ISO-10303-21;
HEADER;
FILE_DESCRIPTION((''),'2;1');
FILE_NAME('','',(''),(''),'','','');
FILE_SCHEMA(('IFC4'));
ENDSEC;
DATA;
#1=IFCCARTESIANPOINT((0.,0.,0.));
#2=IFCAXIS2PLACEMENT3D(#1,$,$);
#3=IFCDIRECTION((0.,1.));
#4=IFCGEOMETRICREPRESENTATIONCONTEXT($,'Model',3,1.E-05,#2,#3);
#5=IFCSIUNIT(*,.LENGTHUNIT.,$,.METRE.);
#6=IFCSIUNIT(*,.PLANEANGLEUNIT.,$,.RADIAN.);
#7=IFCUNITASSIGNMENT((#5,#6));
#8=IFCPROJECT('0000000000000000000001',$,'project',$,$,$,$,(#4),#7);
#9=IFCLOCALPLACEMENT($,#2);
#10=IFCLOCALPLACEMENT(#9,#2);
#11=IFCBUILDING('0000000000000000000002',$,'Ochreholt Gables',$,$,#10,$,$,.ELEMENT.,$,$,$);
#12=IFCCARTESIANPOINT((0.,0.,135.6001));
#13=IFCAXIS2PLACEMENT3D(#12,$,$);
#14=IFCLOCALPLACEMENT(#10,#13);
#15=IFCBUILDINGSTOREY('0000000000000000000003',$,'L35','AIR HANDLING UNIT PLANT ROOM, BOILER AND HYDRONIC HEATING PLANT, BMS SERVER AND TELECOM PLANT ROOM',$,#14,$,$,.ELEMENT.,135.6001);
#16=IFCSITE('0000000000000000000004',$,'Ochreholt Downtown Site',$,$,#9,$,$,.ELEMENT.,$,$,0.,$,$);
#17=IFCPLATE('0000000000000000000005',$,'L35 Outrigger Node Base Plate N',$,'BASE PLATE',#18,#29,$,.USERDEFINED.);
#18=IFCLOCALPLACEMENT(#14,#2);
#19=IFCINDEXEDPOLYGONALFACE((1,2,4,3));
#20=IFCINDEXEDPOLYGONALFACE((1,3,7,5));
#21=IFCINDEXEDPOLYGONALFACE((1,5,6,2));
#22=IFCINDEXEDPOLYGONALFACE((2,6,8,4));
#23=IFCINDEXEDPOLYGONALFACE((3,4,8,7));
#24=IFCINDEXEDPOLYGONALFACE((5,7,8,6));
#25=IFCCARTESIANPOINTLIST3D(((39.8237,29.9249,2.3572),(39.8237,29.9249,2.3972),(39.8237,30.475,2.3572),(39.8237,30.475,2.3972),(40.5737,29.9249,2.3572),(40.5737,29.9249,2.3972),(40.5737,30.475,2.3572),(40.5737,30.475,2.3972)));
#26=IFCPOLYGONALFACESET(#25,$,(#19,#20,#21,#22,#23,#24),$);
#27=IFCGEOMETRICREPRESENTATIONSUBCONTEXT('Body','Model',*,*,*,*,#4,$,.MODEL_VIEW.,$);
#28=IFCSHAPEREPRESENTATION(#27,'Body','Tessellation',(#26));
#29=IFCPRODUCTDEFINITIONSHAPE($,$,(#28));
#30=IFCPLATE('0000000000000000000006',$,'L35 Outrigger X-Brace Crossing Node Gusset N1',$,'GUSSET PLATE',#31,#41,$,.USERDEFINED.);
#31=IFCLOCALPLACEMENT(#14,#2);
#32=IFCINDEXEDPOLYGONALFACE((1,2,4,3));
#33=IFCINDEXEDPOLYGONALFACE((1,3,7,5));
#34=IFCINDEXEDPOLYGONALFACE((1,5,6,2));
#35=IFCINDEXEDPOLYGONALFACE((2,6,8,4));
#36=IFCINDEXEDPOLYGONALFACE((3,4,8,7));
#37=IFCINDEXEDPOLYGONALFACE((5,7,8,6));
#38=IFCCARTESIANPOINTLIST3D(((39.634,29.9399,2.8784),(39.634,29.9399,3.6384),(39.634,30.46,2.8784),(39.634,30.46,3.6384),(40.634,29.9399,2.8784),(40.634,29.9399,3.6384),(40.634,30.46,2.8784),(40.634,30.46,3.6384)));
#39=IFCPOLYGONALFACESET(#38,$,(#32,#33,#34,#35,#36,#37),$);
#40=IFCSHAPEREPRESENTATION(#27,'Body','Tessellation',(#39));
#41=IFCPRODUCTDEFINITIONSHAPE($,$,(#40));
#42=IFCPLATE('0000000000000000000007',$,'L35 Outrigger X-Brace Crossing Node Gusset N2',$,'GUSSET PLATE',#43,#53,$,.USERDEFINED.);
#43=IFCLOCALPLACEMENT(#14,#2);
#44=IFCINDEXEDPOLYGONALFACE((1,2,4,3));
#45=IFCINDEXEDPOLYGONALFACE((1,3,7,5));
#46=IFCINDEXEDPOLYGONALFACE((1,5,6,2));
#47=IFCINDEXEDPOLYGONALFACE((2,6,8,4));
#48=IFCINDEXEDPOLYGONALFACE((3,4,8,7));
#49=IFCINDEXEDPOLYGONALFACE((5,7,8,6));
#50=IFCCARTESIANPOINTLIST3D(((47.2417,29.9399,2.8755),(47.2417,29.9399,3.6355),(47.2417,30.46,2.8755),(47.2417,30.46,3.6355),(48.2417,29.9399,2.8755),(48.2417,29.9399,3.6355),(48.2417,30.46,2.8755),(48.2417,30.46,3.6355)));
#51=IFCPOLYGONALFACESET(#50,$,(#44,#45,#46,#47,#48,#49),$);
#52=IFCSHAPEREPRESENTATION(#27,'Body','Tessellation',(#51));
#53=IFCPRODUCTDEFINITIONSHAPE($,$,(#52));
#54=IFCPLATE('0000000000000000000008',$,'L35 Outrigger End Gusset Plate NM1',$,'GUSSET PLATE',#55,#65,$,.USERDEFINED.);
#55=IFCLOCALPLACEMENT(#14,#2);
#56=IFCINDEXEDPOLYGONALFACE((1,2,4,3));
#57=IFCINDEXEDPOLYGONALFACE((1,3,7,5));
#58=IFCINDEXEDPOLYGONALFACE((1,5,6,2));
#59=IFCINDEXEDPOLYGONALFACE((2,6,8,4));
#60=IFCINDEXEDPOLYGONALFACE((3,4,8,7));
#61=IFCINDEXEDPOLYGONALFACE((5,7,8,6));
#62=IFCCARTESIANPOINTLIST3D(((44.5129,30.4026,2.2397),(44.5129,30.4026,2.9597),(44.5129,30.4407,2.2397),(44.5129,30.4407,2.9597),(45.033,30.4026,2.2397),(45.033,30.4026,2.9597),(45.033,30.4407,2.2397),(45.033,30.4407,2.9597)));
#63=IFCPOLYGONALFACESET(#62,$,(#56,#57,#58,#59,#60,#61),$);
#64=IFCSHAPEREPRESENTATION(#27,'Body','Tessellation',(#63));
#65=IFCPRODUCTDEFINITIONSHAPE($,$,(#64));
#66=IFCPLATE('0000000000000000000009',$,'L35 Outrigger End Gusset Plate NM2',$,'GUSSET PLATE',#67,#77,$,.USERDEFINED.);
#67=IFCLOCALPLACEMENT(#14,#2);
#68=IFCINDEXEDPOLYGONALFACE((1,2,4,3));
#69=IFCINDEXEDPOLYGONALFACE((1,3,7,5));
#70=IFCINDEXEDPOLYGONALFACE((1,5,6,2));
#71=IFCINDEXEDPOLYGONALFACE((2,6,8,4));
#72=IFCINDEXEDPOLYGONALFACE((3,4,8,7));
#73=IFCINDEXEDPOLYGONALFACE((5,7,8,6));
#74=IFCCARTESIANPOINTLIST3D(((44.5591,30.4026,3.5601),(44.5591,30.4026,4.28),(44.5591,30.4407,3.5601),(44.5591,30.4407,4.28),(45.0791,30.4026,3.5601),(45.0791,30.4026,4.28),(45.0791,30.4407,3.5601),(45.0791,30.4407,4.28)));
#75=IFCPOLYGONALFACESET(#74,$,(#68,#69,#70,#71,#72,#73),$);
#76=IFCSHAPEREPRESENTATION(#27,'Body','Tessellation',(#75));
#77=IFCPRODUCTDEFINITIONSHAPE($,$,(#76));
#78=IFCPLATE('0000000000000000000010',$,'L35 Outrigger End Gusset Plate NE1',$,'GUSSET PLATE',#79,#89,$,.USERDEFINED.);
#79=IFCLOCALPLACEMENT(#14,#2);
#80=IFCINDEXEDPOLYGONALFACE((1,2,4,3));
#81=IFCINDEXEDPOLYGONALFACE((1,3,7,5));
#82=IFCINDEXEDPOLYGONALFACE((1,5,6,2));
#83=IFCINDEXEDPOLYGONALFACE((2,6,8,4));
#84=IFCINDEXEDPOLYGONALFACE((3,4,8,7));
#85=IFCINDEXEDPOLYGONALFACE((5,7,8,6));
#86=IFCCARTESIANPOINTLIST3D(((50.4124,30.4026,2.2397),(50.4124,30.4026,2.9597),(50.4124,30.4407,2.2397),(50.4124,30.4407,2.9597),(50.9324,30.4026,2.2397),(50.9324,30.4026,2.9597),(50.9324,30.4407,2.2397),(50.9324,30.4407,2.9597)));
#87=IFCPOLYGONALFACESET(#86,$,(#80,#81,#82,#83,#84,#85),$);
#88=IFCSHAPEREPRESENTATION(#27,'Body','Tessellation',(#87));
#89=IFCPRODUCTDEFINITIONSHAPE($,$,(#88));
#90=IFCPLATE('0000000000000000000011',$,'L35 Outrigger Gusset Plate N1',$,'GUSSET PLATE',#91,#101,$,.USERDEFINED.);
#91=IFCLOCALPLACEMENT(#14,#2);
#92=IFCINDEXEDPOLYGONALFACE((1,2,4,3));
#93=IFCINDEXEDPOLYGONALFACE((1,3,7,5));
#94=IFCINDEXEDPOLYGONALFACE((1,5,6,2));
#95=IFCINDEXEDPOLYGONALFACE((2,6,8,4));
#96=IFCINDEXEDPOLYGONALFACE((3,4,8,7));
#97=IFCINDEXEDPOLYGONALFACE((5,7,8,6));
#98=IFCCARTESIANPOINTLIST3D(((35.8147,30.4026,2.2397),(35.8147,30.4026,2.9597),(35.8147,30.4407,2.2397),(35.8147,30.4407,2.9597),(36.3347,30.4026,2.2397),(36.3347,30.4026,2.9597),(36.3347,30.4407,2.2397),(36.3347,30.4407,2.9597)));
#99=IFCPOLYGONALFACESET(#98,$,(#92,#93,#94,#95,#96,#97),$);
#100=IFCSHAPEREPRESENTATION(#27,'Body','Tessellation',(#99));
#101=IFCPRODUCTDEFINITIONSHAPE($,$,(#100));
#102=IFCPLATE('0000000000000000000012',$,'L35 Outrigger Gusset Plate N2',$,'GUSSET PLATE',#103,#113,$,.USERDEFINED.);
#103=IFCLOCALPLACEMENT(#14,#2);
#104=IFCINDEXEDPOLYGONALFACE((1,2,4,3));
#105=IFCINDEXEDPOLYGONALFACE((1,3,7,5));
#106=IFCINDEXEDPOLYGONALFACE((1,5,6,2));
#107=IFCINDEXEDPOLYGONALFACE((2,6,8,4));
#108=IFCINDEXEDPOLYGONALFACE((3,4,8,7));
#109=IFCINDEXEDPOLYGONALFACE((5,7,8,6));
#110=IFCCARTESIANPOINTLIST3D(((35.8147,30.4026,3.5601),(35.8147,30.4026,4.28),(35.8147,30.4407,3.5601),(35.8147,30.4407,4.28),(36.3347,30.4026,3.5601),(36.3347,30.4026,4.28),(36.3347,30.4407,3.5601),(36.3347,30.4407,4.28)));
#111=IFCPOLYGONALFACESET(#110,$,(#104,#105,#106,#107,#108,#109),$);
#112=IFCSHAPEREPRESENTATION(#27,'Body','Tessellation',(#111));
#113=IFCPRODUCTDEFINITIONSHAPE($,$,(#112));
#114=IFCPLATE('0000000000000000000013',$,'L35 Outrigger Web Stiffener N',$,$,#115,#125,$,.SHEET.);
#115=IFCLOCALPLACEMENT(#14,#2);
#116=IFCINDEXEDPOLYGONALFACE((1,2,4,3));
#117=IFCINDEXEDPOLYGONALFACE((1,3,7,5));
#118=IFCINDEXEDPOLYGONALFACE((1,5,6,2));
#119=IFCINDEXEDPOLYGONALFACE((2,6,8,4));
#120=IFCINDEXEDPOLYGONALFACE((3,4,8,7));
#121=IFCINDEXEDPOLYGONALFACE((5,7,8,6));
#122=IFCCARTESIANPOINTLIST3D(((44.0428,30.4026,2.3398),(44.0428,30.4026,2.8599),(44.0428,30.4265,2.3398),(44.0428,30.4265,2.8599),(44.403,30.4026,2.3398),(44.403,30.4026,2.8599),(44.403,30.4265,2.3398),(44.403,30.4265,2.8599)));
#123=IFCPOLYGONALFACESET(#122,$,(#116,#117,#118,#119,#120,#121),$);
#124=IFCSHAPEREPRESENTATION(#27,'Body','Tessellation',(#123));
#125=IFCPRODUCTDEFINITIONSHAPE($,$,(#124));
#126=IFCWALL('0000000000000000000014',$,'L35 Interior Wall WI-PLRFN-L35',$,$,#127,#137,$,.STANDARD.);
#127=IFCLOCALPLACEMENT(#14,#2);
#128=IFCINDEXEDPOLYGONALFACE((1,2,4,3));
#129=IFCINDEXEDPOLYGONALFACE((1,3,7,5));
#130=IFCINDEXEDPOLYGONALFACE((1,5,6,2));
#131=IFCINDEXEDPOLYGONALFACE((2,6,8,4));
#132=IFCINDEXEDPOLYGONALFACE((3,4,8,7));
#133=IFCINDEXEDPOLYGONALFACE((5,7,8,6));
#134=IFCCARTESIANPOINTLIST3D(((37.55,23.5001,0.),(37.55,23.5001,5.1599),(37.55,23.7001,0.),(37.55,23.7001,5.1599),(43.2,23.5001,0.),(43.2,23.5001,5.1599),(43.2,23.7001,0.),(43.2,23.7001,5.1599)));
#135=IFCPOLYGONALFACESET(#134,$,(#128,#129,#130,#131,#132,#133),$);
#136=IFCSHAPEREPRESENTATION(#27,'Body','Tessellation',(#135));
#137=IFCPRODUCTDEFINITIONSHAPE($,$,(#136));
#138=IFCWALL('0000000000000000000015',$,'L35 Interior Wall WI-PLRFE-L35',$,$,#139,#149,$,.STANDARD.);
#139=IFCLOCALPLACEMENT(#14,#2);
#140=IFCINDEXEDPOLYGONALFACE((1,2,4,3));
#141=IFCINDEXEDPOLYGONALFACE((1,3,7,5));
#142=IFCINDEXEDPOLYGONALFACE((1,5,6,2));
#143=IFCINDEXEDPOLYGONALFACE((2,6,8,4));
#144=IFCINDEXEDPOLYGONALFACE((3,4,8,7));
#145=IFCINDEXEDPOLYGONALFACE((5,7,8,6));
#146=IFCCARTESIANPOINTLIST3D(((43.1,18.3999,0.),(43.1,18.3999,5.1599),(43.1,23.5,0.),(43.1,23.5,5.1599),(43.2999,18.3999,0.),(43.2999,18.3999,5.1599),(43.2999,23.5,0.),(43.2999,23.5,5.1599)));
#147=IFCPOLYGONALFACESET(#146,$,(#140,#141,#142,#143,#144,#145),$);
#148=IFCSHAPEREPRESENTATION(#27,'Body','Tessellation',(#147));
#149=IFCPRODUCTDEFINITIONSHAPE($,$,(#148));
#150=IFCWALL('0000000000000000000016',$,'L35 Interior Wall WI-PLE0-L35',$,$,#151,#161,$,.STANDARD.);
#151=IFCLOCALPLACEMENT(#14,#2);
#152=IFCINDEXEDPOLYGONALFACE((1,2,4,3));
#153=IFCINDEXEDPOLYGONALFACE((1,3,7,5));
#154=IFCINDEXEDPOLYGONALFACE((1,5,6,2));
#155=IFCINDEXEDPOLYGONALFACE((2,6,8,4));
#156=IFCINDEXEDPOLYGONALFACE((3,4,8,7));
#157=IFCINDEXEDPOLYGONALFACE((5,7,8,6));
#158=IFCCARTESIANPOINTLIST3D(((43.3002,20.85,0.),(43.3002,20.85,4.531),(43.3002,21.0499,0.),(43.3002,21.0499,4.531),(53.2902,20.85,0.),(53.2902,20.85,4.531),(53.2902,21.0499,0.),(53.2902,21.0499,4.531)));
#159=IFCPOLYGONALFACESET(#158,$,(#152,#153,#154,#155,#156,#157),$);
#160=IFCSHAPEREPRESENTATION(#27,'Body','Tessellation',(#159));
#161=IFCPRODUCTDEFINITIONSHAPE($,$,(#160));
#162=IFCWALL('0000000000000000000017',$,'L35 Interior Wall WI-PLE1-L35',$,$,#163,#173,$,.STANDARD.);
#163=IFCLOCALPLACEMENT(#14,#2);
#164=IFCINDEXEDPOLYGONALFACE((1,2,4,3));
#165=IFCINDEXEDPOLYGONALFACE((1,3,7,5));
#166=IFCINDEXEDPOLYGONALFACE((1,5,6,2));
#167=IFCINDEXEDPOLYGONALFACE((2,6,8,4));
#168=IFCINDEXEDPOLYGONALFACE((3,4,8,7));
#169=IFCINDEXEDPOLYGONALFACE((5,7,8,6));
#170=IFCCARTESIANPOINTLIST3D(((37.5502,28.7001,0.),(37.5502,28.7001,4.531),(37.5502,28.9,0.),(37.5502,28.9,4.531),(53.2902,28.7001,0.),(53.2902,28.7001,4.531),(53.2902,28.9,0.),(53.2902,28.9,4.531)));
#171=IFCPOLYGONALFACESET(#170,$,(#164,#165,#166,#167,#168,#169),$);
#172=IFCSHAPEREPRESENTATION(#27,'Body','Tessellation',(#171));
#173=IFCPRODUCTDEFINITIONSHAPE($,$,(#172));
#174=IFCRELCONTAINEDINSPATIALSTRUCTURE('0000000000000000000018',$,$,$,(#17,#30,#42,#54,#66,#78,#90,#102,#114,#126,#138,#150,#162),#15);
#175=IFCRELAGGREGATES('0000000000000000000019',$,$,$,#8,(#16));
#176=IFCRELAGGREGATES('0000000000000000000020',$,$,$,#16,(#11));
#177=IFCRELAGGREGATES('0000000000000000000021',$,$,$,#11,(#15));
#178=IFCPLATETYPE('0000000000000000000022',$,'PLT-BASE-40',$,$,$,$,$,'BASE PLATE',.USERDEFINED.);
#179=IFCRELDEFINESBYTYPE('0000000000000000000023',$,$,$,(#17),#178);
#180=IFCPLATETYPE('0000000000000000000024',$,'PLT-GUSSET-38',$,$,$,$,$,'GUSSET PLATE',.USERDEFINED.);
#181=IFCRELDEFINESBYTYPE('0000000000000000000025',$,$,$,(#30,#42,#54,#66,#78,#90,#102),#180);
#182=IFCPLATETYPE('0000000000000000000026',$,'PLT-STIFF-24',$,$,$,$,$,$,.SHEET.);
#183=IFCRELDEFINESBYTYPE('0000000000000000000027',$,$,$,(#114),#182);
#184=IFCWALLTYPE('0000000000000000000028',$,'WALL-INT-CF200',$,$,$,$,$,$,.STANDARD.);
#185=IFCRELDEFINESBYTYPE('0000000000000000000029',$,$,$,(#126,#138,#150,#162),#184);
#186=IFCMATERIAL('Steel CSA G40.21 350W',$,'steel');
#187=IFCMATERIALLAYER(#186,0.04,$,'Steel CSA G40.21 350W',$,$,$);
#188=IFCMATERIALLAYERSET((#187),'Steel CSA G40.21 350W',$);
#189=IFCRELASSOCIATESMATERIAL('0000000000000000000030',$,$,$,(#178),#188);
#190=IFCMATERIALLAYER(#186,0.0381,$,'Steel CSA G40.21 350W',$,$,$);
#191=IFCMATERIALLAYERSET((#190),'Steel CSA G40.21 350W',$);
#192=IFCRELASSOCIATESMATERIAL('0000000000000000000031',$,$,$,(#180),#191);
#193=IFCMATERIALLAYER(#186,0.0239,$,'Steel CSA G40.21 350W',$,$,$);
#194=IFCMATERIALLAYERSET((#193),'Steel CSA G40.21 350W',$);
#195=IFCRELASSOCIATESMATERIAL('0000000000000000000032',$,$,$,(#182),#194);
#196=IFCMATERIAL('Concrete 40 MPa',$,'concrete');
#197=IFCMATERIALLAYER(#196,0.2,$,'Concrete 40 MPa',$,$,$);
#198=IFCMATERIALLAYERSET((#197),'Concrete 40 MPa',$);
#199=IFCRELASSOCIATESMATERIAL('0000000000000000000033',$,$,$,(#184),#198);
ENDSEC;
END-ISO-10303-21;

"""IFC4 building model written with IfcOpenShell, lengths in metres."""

from ifc_helpers import new_model, si_unit, direction, frame, frame_2d, origin, origin_2d, place, context, subcontext, project, spatial, rectangle, extrude, material, layer, layer_set, type_object, element, save


model = new_model("IFC4")

# Units and contexts
model_context = context("Model", 3, precision=1e-05, world=origin(), true_north=direction((0.0, 1.0)))
body_context = subcontext(model_context, "Body", "Model", "MODEL_VIEW")
ifc_project = project(units=[si_unit("LENGTHUNIT", "METRE"), si_unit("PLANEANGLEUNIT", "RADIAN")], contexts=[model_context])

# Site, building, storey
site_placement = place(None, origin())
site = spatial("IfcSite", under=ifc_project, at=site_placement, Name="Ochreholt Downtown Site", CompositionType="ELEMENT", RefElevation=0.0)
building_placement = place(site_placement, origin())
building = spatial("IfcBuilding", under=site, at=building_placement, Name="Ochreholt Gables", CompositionType="ELEMENT")
storey_placement = place(building_placement, frame((0.0, 0.0, 135.6001)))
storey = spatial("IfcBuildingStorey", under=building, at=storey_placement, Name="L35", Description="AIR HANDLING UNIT PLANT ROOM, BOILER AND HYDRONIC HEATING PLANT, BMS SERVER AND TELECOM PLANT ROOM", CompositionType="ELEMENT", Elevation=135.6001)

# Shared definitions
ifc_material_1 = material(Name="Steel CSA G40.21 350W", Category="steel")

# Plates
ifc_layer_1 = layer(ifc_material_1, 0.04, Name="Steel CSA G40.21 350W")
ifc_layer_set_1 = layer_set([ifc_layer_1], Name="Steel CSA G40.21 350W")
plate_type_1 = type_object("IfcPlateType", Name="PLT-BASE-40", ElementType="BASE PLATE", PredefinedType="USERDEFINED", material=ifc_layer_set_1)
plate_1_placement = place(storey_placement, frame((40.1987, 30.2, 2.3572), z_axis=(0.0, 0.0, 1.0), x_axis=(1.0, 0.0, 0.0)))
element("IfcPlate", 1, at=plate_1_placement, inside=storey, type_object=plate_type_1, Name="L35 Outrigger Node Base Plate N", ObjectType="BASE PLATE", PredefinedType="USERDEFINED", context=body_context, shape_type="SweptSolid", body=[
    extrude(rectangle(XDim=0.75, YDim=0.55, at=origin_2d()), origin(), (0.0, 0.0, 1.0), 0.04),
])
ifc_layer_2 = layer(ifc_material_1, 0.0381, Name="Steel CSA G40.21 350W")
ifc_layer_set_2 = layer_set([ifc_layer_2], Name="Steel CSA G40.21 350W")
plate_type_2 = type_object("IfcPlateType", Name="PLT-GUSSET-38", ElementType="GUSSET PLATE", PredefinedType="USERDEFINED", material=ifc_layer_set_2)
for number, where, z_axis, x_axis, name in (
    (2, (40.134, 30.2, 2.8784), (0.0, 0.0, 1.0), (1.0, 0.0, 0.0), "L35 Outrigger X-Brace Crossing Node Gusset N1"),
    (3, (47.7417, 30.2, 2.8755), (0.0, 0.0, 1.0), (1.0, 0.0, 0.0), "L35 Outrigger X-Brace Crossing Node Gusset N2"),
):
    element("IfcPlate", number, at=place(storey_placement, frame(where, z_axis=z_axis, x_axis=x_axis)), inside=storey, type_object=plate_type_2, Name=name, ObjectType="GUSSET PLATE", PredefinedType="USERDEFINED", context=body_context, shape_type="SweptSolid", body=[
        extrude(rectangle(XDim=1.0, YDim=0.52, at=origin_2d()), origin(), (0.0, 0.0, 1.0), 0.76),
    ])
for number, where, z_axis, x_axis, name in (
    (4, (44.7729, 30.4216, 2.2397), (0.0, 0.0, 1.0), (1.0, 0.0, 0.0), "L35 Outrigger End Gusset Plate NM1"),
    (5, (44.8191, 30.4216, 3.5601), (0.0, 0.0, 1.0), (1.0, 0.0, 0.0), "L35 Outrigger End Gusset Plate NM2"),
    (6, (50.6724, 30.4216, 2.2397), (0.0, 0.0, 1.0), (1.0, 0.0, 0.0), "L35 Outrigger End Gusset Plate NE1"),
    (7, (36.0747, 30.4216, 2.2397), (0.0, 0.0, 1.0), (1.0, 0.0, 0.0), "L35 Outrigger Gusset Plate N1"),
    (8, (36.0747, 30.4216, 3.5601), (0.0, 0.0, 1.0), (1.0, 0.0, 0.0), "L35 Outrigger Gusset Plate N2"),
):
    element("IfcPlate", number, at=place(storey_placement, frame(where, z_axis=z_axis, x_axis=x_axis)), inside=storey, type_object=plate_type_2, Name=name, ObjectType="GUSSET PLATE", PredefinedType="USERDEFINED", context=body_context, shape_type="SweptSolid", body=[
        extrude(rectangle(XDim=0.52, YDim=0.0381, at=origin_2d()), origin(), (0.0, 0.0, 1.0), 0.72),
    ])
ifc_layer_3 = layer(ifc_material_1, 0.0239, Name="Steel CSA G40.21 350W")
ifc_layer_set_3 = layer_set([ifc_layer_3], Name="Steel CSA G40.21 350W")
plate_type_3 = type_object("IfcPlateType", Name="PLT-STIFF-24", PredefinedType="SHEET", material=ifc_layer_set_3)
plate_2_placement = place(storey_placement, frame((44.2229, 30.4146, 2.3398), z_axis=(0.0, 0.0, 1.0), x_axis=(1.0, 0.0, 0.0)))
element("IfcPlate", 9, at=plate_2_placement, inside=storey, type_object=plate_type_3, Name="L35 Outrigger Web Stiffener N", PredefinedType="SHEET", context=body_context, shape_type="SweptSolid", body=[
    extrude(rectangle(XDim=0.3601, YDim=0.0239, at=origin_2d()), origin(), (0.0, 0.0, 1.0), 0.52),
])

# Walls
ifc_material_2 = material(Name="Concrete 40 MPa", Category="concrete")
ifc_layer_4 = layer(ifc_material_2, 0.2, Name="Concrete 40 MPa")
ifc_layer_set_4 = layer_set([ifc_layer_4], Name="Concrete 40 MPa")
wall_type = type_object("IfcWallType", Name="WALL-INT-CF200", PredefinedType="STANDARD", material=ifc_layer_set_4)
wall_1_placement = place(storey_placement, frame((37.55, 23.6001, 0.0), z_axis=(0.0, 0.0, 1.0), x_axis=(1.0, 0.0, 0.0)))
element("IfcWall", 10, at=wall_1_placement, inside=storey, type_object=wall_type, Name="L35 Interior Wall WI-PLRFN-L35", PredefinedType="STANDARD", context=body_context, shape_type="SweptSolid", body=[
    extrude(rectangle(XDim=5.6499, YDim=0.2, at=frame_2d((2.825, 0.0))), origin(), (0.0, 0.0, 1.0), 5.1599),
])
wall_2_placement = place(storey_placement, frame((43.2, 18.3999, 0.0), z_axis=(0.0, 0.0, 1.0), x_axis=(0.0, 1.0, 0.0)))
element("IfcWall", 11, at=wall_2_placement, inside=storey, type_object=wall_type, Name="L35 Interior Wall WI-PLRFE-L35", PredefinedType="STANDARD", context=body_context, shape_type="SweptSolid", body=[
    extrude(rectangle(XDim=5.1001, YDim=0.2, at=frame_2d((2.55, 0.0))), origin(), (0.0, 0.0, 1.0), 5.1599),
])
wall_3_placement = place(storey_placement, frame((43.3, 20.95, 0.0), z_axis=(0.0, 0.0, 1.0), x_axis=(1.0, 0.0, 0.0)))
element("IfcWall", 12, at=wall_3_placement, inside=storey, type_object=wall_type, Name="L35 Interior Wall WI-PLE0-L35", PredefinedType="STANDARD", context=body_context, shape_type="SweptSolid", body=[
    extrude(rectangle(XDim=9.99, YDim=0.2, at=frame_2d((4.9951, 0.0))), origin(), (0.0, 0.0, 1.0), 4.531),
])
wall_4_placement = place(storey_placement, frame((37.55, 28.8, 0.0), z_axis=(0.0, 0.0, 1.0), x_axis=(1.0, 0.0, 0.0)))
element("IfcWall", 13, at=wall_4_placement, inside=storey, type_object=wall_type, Name="L35 Interior Wall WI-PLE1-L35", PredefinedType="STANDARD", context=body_context, shape_type="SweptSolid", body=[
    extrude(rectangle(XDim=15.74, YDim=0.2, at=frame_2d((7.8701, 0.0))), origin(), (0.0, 0.0, 1.0), 4.531),
])

save(model, "model.ifc")
